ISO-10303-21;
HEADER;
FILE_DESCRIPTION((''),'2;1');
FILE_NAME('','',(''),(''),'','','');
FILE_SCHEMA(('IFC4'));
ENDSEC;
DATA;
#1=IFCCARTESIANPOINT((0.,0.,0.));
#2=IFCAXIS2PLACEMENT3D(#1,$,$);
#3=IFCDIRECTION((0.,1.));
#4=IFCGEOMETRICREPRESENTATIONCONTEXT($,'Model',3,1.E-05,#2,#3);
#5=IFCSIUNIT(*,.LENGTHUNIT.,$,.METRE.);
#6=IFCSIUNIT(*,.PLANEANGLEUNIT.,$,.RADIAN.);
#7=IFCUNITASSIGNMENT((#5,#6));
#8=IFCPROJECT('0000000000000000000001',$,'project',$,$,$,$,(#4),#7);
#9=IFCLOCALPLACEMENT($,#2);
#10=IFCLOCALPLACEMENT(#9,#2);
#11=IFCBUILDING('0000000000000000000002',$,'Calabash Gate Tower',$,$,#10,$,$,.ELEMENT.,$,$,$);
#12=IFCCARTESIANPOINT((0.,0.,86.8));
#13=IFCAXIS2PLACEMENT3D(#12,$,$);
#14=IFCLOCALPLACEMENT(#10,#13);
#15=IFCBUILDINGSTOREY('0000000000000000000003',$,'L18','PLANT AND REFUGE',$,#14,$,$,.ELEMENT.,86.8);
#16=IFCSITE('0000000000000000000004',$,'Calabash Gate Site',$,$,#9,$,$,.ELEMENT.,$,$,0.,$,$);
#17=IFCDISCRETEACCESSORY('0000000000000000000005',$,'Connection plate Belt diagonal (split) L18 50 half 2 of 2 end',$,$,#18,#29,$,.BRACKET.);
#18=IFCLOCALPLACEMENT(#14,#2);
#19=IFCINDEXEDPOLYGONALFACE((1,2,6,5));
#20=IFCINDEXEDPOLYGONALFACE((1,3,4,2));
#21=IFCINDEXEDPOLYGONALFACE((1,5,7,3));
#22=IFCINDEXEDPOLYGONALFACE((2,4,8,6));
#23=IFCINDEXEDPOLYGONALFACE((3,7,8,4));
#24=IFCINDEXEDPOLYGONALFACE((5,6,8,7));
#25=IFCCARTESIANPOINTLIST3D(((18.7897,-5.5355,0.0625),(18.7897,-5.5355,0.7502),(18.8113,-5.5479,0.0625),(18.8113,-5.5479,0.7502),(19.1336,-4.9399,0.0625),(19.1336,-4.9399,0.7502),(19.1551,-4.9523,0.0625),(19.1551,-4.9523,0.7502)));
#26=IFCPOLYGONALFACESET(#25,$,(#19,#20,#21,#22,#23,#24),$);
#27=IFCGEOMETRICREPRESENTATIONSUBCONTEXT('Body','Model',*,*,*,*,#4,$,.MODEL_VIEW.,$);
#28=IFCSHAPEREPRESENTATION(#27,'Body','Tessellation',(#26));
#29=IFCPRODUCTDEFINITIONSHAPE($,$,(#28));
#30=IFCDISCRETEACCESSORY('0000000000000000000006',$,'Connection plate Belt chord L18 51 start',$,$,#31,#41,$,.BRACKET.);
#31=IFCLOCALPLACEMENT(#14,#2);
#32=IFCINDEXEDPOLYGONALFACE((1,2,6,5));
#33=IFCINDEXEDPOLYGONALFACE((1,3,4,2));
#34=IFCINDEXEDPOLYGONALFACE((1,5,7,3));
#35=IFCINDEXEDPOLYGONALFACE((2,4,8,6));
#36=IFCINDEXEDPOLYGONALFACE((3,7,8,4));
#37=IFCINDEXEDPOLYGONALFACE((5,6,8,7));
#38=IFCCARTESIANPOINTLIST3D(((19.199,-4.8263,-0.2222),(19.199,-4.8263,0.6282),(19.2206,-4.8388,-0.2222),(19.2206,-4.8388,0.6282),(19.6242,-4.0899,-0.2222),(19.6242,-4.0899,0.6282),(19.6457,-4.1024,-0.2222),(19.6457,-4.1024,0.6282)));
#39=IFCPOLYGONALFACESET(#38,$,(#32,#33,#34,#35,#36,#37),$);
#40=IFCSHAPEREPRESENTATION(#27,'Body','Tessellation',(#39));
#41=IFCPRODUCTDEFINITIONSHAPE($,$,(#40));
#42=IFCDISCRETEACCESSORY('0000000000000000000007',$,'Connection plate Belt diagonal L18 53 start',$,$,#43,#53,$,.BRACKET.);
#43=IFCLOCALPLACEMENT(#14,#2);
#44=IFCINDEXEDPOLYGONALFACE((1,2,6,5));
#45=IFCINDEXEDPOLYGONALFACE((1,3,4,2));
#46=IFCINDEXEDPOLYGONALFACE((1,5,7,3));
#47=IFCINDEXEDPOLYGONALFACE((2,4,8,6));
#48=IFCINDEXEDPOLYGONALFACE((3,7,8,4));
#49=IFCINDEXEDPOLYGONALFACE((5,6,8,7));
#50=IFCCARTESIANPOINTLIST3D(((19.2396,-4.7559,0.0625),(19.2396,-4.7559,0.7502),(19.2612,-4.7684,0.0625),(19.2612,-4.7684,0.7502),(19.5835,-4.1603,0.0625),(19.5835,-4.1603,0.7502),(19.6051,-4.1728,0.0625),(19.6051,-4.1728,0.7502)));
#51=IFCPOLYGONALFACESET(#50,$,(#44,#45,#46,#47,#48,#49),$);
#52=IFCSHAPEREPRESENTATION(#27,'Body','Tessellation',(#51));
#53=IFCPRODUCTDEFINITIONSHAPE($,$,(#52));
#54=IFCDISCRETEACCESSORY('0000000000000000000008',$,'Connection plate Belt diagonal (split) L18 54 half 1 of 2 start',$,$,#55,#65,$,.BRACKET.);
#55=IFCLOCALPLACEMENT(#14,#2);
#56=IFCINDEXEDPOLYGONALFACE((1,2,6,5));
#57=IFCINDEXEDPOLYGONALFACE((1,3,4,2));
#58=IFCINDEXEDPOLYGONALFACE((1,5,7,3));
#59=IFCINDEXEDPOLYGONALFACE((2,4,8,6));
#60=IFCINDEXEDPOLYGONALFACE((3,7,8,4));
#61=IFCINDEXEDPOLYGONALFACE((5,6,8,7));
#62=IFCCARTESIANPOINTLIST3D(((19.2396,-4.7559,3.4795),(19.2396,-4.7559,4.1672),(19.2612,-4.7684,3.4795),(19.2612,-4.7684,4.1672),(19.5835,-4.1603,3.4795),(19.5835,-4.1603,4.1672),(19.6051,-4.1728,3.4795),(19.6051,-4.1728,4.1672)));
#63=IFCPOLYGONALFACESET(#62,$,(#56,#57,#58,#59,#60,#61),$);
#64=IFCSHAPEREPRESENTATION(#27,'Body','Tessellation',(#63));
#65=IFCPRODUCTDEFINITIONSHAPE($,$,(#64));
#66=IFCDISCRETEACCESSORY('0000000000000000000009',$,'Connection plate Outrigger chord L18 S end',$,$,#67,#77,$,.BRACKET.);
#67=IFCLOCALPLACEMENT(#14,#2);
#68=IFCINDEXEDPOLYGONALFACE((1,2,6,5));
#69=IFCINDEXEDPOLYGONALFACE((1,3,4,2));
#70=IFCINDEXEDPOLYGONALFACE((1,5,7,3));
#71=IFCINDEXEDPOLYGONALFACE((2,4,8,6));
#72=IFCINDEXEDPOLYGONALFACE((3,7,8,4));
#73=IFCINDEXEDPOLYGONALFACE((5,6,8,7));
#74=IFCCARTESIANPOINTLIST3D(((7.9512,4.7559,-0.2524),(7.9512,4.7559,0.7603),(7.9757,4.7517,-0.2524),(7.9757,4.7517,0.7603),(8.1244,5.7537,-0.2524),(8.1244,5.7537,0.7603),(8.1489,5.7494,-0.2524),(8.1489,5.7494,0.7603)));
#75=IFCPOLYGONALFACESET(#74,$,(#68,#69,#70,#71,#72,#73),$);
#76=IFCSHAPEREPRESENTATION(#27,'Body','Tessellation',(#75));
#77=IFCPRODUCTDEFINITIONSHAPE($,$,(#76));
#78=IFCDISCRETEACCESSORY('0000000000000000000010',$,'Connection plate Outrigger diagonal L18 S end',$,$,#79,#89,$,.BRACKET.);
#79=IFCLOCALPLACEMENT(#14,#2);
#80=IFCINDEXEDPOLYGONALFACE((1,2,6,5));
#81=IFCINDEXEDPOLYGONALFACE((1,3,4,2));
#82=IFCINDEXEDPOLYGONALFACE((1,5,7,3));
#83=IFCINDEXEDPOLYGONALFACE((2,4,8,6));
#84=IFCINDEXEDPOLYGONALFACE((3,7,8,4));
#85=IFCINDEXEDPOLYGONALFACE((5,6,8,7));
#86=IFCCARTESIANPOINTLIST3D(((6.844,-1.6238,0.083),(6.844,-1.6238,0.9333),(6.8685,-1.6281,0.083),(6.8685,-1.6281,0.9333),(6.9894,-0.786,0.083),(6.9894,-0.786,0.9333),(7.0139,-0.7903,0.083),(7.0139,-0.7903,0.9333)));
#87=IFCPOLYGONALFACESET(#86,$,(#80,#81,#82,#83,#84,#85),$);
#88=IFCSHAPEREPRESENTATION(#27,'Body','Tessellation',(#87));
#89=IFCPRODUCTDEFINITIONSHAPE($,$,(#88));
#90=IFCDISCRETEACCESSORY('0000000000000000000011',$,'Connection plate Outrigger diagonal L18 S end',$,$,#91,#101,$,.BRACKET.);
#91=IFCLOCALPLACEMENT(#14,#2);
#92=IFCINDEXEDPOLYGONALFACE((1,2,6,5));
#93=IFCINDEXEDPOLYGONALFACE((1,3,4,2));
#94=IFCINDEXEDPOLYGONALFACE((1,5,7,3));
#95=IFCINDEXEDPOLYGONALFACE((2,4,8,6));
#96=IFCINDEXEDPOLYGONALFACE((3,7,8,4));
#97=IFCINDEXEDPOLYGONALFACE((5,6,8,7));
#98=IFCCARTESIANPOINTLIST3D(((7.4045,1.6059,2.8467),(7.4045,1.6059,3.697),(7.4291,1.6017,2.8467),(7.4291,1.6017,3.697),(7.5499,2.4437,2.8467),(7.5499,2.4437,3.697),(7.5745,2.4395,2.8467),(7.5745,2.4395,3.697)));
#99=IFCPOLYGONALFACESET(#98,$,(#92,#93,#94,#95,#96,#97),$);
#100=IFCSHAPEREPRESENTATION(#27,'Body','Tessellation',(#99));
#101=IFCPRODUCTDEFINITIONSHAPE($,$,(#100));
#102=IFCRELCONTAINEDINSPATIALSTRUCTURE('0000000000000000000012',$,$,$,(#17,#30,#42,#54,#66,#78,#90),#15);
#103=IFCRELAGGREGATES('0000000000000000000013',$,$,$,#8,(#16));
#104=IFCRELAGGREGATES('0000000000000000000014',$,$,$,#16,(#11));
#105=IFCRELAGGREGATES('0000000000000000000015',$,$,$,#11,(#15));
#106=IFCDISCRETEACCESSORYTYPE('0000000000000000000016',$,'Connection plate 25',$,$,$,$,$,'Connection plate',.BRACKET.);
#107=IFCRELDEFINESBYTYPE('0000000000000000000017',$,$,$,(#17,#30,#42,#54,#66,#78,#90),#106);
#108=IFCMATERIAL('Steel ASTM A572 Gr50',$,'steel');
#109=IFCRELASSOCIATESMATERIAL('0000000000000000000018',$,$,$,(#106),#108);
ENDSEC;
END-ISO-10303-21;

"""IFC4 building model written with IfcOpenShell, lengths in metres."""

from ifc_helpers import new_model, si_unit, direction, frame, origin, origin_2d, place, context, subcontext, project, spatial, rectangle, extrude, material, type_object, element, save


model = new_model("IFC4")

# Units and contexts
model_context = context("Model", 3, precision=1e-05, world=origin(), true_north=direction((0.0, 1.0)))
body_context = subcontext(model_context, "Body", "Model", "MODEL_VIEW")
ifc_project = project(units=[si_unit("LENGTHUNIT", "METRE"), si_unit("PLANEANGLEUNIT", "RADIAN")], contexts=[model_context])

# Site, building, storey
site_placement = place(None, origin())
site = spatial("IfcSite", under=ifc_project, at=site_placement, Name="Calabash Gate Site", CompositionType="ELEMENT", RefElevation=0.0)
building_placement = place(site_placement, origin())
building = spatial("IfcBuilding", under=site, at=building_placement, Name="Calabash Gate Tower", CompositionType="ELEMENT")
storey_placement = place(building_placement, frame((0.0, 0.0, 86.8)))
storey = spatial("IfcBuildingStorey", under=building, at=storey_placement, Name="L18", Description="PLANT AND REFUGE", CompositionType="ELEMENT", Elevation=86.8)

# Discrete accessories
ifc_material_1 = material(Name="Steel ASTM A572 Gr50", Category="steel")
discrete_accessory_type = type_object("IfcDiscreteAccessoryType", Name="Connection plate 25", ElementType="Connection plate", PredefinedType="BRACKET", material=ifc_material_1)
for number, where, z_axis, x_axis, name in (
    (1, (18.9724, -5.2439, 0.0625), (0.0, 0.0, 1.0), (0.5, 0.866025, 0.0), "Connection plate Belt diagonal (split) L18 50 half 2 of 2 end"),
):
    element("IfcDiscreteAccessory", number, at=place(storey_placement, frame(where, z_axis=z_axis, x_axis=x_axis)), inside=storey, type_object=discrete_accessory_type, Name=name, PredefinedType="BRACKET", context=body_context, shape_type="SweptSolid", body=[
        extrude(rectangle(XDim=0.6877, YDim=0.0249, at=origin_2d()), origin(), (0.0, 0.0, 1.0), 0.6877),
    ])
discrete_accessory_1_placement = place(storey_placement, frame((19.4224, -4.4644, -0.2222), z_axis=(0.0, 0.0, 1.0), x_axis=(0.5, 0.866025, 0.0)))
element("IfcDiscreteAccessory", 2, at=discrete_accessory_1_placement, inside=storey, type_object=discrete_accessory_type, Name="Connection plate Belt chord L18 51 start", PredefinedType="BRACKET", context=body_context, shape_type="SweptSolid", body=[
    extrude(rectangle(XDim=0.8503, YDim=0.0249, at=origin_2d()), origin(), (0.0, 0.0, 1.0), 0.8503),
])
for number, where, z_axis, x_axis, name in (
    (3, (19.4224, -4.4644, 0.0625), (0.0, 0.0, 1.0), (0.5, 0.866025, 0.0), "Connection plate Belt diagonal L18 53 start"),
    (4, (19.4224, -4.4644, 3.4795), (0.0, 0.0, 1.0), (0.5, 0.866025, 0.0), "Connection plate Belt diagonal (split) L18 54 half 1 of 2 start"),
):
    element("IfcDiscreteAccessory", number, at=place(storey_placement, frame(where, z_axis=z_axis, x_axis=x_axis)), inside=storey, type_object=discrete_accessory_type, Name=name, PredefinedType="BRACKET", context=body_context, shape_type="SweptSolid", body=[
        extrude(rectangle(XDim=0.6877, YDim=0.0249, at=origin_2d()), origin(), (0.0, 0.0, 1.0), 0.6877),
    ])
discrete_accessory_2_placement = place(storey_placement, frame((8.05, 5.2527, -0.2524), z_axis=(0.0, 0.0, 1.0), x_axis=(0.170985, 0.985274, 0.0)))
element("IfcDiscreteAccessory", 5, at=discrete_accessory_2_placement, inside=storey, type_object=discrete_accessory_type, Name="Connection plate Outrigger chord L18 S end", PredefinedType="BRACKET", context=body_context, shape_type="SweptSolid", body=[
    extrude(rectangle(XDim=1.0127, YDim=0.0249, at=origin_2d()), origin(), (0.0, 0.0, 1.0), 1.0127),
])
for number, where, z_axis, x_axis, name in (
    (6, (6.929, -1.207, 0.083), (0.0, 0.0, 1.0), (0.170985, 0.985274, 0.0), "Connection plate Outrigger diagonal L18 S end"),
    (7, (7.4895, 2.0227, 2.8467), (0.0, 0.0, 1.0), (0.170985, 0.985274, 0.0), "Connection plate Outrigger diagonal L18 S end"),
):
    element("IfcDiscreteAccessory", number, at=place(storey_placement, frame(where, z_axis=z_axis, x_axis=x_axis)), inside=storey, type_object=discrete_accessory_type, Name=name, PredefinedType="BRACKET", context=body_context, shape_type="SweptSolid", body=[
        extrude(rectangle(XDim=0.8503, YDim=0.0249, at=origin_2d()), origin(), (0.0, 0.0, 1.0), 0.8503),
    ])

save(model, "model.ifc")
